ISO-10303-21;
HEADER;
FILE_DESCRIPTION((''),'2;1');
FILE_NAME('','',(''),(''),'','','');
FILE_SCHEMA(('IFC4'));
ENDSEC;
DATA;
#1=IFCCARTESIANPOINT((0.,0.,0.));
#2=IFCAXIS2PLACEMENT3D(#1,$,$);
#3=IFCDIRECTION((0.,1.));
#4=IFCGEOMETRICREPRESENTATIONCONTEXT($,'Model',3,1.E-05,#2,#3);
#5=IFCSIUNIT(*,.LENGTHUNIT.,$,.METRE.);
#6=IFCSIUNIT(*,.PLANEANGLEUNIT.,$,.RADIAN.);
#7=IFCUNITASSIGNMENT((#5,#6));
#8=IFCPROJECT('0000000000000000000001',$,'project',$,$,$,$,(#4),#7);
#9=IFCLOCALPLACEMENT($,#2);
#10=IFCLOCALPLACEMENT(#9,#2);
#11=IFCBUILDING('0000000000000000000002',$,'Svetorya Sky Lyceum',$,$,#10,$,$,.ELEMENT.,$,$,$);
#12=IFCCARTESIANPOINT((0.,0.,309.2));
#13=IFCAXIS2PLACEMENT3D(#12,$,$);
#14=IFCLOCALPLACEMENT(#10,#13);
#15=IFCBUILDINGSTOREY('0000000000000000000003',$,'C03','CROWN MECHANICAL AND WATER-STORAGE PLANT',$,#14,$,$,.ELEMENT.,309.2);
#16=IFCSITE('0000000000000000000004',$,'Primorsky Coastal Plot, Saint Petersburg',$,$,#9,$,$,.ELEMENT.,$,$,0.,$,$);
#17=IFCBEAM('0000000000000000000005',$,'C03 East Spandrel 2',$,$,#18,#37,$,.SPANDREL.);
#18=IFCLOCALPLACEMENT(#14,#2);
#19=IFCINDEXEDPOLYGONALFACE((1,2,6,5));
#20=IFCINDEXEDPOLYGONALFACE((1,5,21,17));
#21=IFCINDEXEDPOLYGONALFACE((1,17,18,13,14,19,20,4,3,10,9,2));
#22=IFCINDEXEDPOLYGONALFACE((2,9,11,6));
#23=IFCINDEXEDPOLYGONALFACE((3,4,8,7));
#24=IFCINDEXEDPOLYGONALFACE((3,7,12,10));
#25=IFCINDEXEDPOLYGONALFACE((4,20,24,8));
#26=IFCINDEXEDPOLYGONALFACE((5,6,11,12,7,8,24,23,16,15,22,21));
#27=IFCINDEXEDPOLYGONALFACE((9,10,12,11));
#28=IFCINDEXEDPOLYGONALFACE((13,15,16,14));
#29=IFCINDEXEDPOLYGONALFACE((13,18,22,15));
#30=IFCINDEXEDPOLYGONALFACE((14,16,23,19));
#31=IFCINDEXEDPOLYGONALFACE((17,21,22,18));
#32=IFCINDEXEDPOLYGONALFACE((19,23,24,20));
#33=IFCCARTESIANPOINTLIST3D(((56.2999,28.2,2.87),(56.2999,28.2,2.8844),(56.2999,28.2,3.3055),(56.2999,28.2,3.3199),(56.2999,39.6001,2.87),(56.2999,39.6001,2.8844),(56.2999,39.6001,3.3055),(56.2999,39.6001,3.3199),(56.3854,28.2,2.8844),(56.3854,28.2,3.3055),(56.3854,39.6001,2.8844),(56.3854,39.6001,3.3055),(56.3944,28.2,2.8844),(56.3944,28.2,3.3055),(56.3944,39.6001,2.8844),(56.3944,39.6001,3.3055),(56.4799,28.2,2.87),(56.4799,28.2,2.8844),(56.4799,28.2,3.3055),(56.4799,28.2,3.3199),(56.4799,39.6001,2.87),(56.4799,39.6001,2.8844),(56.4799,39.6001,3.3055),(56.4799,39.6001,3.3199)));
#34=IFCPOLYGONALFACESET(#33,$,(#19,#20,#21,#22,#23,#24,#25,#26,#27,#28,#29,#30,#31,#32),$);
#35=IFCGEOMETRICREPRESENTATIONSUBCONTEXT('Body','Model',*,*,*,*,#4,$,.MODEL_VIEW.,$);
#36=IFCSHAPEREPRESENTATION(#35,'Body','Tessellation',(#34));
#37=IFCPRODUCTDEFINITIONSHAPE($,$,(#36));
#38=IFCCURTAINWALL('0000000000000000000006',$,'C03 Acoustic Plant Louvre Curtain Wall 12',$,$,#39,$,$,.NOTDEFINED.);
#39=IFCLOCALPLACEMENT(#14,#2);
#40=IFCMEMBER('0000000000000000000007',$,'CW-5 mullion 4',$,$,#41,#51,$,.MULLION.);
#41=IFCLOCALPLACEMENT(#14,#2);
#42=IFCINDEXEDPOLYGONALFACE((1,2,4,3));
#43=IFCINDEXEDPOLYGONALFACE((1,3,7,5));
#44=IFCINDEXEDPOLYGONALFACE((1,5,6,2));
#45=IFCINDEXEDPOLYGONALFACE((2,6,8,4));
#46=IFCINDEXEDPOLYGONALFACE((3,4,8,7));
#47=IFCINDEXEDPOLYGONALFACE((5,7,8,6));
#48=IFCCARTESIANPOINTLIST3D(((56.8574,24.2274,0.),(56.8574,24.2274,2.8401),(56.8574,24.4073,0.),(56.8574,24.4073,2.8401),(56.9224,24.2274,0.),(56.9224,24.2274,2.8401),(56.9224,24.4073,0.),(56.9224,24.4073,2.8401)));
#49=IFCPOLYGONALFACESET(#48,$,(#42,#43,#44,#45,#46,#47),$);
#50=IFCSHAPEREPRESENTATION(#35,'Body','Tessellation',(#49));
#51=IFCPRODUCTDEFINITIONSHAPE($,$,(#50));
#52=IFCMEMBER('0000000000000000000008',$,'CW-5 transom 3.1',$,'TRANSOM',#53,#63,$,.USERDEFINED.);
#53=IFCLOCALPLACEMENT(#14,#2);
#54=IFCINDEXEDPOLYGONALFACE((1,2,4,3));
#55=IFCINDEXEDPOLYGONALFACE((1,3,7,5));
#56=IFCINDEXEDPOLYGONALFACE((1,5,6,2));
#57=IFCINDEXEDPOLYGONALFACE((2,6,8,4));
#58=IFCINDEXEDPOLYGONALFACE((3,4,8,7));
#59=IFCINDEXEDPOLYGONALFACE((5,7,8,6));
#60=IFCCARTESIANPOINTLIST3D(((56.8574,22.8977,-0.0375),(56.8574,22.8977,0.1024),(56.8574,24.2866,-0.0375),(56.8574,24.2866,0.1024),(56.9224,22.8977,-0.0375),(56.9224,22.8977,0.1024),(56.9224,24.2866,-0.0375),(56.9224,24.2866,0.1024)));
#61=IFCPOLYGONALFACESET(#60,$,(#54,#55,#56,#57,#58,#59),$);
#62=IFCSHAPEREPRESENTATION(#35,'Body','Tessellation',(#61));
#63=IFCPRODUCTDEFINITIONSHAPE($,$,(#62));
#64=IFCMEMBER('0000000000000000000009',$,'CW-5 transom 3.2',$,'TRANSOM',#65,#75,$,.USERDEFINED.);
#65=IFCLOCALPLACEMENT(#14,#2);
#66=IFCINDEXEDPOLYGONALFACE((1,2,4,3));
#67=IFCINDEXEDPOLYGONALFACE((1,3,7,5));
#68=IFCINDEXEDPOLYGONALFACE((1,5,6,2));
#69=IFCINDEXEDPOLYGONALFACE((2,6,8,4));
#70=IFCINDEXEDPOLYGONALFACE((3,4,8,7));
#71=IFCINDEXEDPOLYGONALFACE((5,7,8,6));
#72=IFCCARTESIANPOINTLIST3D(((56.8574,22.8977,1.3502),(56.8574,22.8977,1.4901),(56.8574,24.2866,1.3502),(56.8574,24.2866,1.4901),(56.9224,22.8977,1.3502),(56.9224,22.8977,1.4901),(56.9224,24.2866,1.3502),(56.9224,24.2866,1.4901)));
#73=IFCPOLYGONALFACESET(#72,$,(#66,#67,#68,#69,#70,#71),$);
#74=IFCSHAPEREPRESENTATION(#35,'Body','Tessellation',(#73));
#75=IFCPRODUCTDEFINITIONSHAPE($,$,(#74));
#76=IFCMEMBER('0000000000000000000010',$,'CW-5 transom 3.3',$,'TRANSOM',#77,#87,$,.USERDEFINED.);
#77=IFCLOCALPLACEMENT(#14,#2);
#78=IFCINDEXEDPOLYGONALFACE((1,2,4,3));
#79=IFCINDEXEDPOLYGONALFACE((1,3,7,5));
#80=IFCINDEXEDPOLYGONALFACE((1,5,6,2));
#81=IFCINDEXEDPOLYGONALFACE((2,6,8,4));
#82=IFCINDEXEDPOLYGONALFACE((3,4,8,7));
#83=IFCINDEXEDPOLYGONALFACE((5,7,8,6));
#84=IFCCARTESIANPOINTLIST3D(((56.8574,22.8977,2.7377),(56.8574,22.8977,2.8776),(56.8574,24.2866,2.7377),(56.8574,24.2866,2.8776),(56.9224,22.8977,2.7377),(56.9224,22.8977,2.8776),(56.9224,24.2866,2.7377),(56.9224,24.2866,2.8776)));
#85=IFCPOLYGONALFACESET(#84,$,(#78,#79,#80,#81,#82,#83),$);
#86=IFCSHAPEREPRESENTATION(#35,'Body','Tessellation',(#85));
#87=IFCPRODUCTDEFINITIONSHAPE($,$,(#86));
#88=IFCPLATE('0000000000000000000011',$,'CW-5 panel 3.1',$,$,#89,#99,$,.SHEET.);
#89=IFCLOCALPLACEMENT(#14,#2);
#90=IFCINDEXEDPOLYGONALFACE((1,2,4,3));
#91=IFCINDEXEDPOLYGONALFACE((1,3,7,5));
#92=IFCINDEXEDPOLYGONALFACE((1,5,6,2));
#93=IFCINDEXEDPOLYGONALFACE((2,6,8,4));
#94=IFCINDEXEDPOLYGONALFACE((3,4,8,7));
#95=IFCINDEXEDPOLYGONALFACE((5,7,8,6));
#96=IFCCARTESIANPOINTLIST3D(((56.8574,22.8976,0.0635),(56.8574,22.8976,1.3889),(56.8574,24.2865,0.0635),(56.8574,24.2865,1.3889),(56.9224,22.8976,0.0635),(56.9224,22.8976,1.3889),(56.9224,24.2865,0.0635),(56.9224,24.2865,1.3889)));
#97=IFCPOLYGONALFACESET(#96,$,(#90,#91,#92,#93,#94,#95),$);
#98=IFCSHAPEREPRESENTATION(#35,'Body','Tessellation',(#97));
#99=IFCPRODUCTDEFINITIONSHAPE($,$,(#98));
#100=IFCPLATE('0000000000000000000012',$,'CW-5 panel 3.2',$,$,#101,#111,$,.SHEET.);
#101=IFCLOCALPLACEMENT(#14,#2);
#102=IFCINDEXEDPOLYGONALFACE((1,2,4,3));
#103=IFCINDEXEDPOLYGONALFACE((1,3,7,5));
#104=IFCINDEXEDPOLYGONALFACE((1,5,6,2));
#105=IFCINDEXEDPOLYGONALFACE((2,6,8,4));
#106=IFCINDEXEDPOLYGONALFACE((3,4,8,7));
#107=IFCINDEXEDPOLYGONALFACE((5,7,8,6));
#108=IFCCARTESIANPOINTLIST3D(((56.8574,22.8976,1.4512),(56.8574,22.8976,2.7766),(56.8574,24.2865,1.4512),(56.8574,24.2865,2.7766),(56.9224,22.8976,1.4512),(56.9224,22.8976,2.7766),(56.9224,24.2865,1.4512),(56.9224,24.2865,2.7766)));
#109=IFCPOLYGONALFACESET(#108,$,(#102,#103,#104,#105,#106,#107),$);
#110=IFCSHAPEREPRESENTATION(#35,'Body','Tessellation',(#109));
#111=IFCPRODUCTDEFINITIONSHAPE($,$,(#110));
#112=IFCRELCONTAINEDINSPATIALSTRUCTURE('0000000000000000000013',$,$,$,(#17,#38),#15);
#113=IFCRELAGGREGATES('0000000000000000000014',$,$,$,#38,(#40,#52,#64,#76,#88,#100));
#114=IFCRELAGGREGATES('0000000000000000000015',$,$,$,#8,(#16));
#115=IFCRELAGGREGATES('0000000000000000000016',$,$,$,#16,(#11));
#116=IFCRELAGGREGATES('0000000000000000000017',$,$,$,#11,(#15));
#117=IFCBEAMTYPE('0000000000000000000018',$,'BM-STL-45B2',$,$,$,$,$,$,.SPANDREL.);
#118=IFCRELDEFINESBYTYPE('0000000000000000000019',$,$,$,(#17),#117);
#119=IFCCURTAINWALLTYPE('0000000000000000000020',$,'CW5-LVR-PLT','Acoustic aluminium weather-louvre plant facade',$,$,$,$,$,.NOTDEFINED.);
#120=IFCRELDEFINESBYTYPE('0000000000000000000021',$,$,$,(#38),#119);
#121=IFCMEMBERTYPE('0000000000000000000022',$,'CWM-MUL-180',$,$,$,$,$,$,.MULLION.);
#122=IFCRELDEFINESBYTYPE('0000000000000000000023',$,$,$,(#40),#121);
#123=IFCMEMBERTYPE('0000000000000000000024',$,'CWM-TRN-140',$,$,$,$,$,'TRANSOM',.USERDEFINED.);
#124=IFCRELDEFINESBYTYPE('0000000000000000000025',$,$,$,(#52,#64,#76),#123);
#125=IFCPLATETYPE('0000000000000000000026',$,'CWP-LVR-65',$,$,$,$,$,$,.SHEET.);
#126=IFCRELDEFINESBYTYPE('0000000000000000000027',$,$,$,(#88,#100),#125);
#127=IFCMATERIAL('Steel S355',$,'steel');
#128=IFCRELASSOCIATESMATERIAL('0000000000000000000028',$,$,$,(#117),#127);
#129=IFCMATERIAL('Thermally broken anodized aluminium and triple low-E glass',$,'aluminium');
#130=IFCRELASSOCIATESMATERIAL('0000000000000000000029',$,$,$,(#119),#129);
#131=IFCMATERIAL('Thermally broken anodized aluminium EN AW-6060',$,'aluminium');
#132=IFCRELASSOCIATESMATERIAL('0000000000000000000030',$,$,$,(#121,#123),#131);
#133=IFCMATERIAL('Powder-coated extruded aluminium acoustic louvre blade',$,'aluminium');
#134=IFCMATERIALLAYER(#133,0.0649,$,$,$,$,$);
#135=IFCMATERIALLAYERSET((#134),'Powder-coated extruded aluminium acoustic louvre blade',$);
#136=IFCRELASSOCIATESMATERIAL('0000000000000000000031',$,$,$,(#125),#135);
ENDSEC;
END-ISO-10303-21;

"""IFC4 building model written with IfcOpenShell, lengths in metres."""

from ifc_helpers import new_model, si_unit, direction, frame, origin, origin_2d, place, context, subcontext, project, spatial, rectangle, i_section, extrude, material, layer, layer_set, material_profile, profile_set, type_object, element, aggregate, save


model = new_model("IFC4")

# Units and contexts
model_context = context("Model", 3, precision=1e-05, world=origin(), true_north=direction((0.0, 1.0)))
body_context = subcontext(model_context, "Body", "Model", "MODEL_VIEW")
ifc_project = project(units=[si_unit("LENGTHUNIT", "METRE"), si_unit("PLANEANGLEUNIT", "RADIAN")], contexts=[model_context])

# Site, building, storey
site_placement = place(None, origin())
site = spatial("IfcSite", under=ifc_project, at=site_placement, Name="Primorsky Coastal Plot, Saint Petersburg", CompositionType="ELEMENT", RefElevation=0.0)
building_placement = place(site_placement, origin())
building = spatial("IfcBuilding", under=site, at=building_placement, Name="Svetorya Sky Lyceum", CompositionType="ELEMENT")
storey_placement = place(building_placement, frame((0.0, 0.0, 309.2)))
storey = spatial("IfcBuildingStorey", under=building, at=storey_placement, Name="C03", Description="CROWN MECHANICAL AND WATER-STORAGE PLANT", CompositionType="ELEMENT", Elevation=309.2)

# Beam
ifc_material_1 = material(Name="Steel S355", Category="steel")
ifc_material_profile_1 = material_profile(ifc_material_1, i_section(OverallWidth=0.1799, OverallDepth=0.45, WebThickness=0.009, FlangeThickness=0.0144, at=origin_2d()), Name="GOST 45B2")
ifc_profile_set_1 = profile_set([ifc_material_profile_1], Name="Steel S355")
beam_type_1 = type_object("IfcBeamType", Name="BM-STL-45B2", PredefinedType="SPANDREL", material=ifc_profile_set_1)
beam_1_placement = place(storey_placement, frame((56.3899, 28.2, 3.095), z_axis=(0.0, 1.0, 0.0), x_axis=(-1.0, 0.0, 0.0)))
element("IfcBeam", 1, at=beam_1_placement, inside=storey, type_object=beam_type_1, Name="C03 East Spandrel 2", PredefinedType="SPANDREL", context=body_context, shape_type="SweptSolid", body=[
    extrude(i_section(OverallWidth=0.1799, OverallDepth=0.45, WebThickness=0.009, FlangeThickness=0.0144, at=origin_2d()), origin(), (0.0, 0.0, 1.0), 11.4001),
])

# Curtain wall, members, plates
ifc_material_2 = material(Name="Thermally broken anodized aluminium and triple low-E glass", Category="aluminium")
curtain_wall_type = type_object("IfcCurtainWallType", Name="CW5-LVR-PLT", Description="Acoustic aluminium weather-louvre plant facade", PredefinedType="NOTDEFINED", material=ifc_material_2)
curtain_wall_placement = place(storey_placement, origin())
curtain_wall = element("IfcCurtainWall", 2, at=curtain_wall_placement, inside=storey, type_object=curtain_wall_type, Name="C03 Acoustic Plant Louvre Curtain Wall 12", PredefinedType="NOTDEFINED")
ifc_material_3 = material(Name="Thermally broken anodized aluminium EN AW-6060", Category="aluminium")
ifc_material_profile_2 = material_profile(ifc_material_3, rectangle(XDim=0.0649, YDim=0.1799, at=origin_2d()), Name="ALU MULLION 65x180")
ifc_profile_set_2 = profile_set([ifc_material_profile_2], Name="Thermally broken anodized aluminium EN AW-6060")
member_type_1 = type_object("IfcMemberType", Name="CWM-MUL-180", PredefinedType="MULLION", material=ifc_profile_set_2)
member_1_placement = place(storey_placement, frame((56.8899, 24.3174, 0.0), z_axis=(0.0, 0.0, 1.0), x_axis=(-1.0, 0.0, 0.0)))
member_1 = element("IfcMember", 3, at=member_1_placement, type_object=member_type_1, Name="CW-5 mullion 4", PredefinedType="MULLION", context=body_context, shape_type="SweptSolid", body=[
    extrude(rectangle(XDim=0.0649, YDim=0.1799, at=origin_2d()), origin(), (0.0, 0.0, 1.0), 2.8401),
])
ifc_material_profile_3 = material_profile(ifc_material_3, rectangle(XDim=0.0649, YDim=0.1399, at=origin_2d()), Name="ALU TRANSOM 65x140")
ifc_profile_set_3 = profile_set([ifc_material_profile_3], Name="Thermally broken anodized aluminium EN AW-6060")
member_type_2 = type_object("IfcMemberType", Name="CWM-TRN-140", ElementType="TRANSOM", PredefinedType="USERDEFINED", material=ifc_profile_set_3)
member_2_placement = place(storey_placement, frame((56.8899, 22.8977, 0.0325), z_axis=(0.0, 1.0, 0.0), x_axis=(-1.0, 0.0, 0.0)))
member_2 = element("IfcMember", 4, at=member_2_placement, type_object=member_type_2, Name="CW-5 transom 3.1", ObjectType="TRANSOM", PredefinedType="USERDEFINED", context=body_context, shape_type="SweptSolid", body=[
    extrude(rectangle(XDim=0.0649, YDim=0.1399, at=origin_2d()), origin(), (0.0, 0.0, 1.0), 1.3889),
])
member_3_placement = place(storey_placement, frame((56.8899, 22.8977, 1.4202), z_axis=(0.0, 1.0, 0.0), x_axis=(-1.0, 0.0, 0.0)))
member_3 = element("IfcMember", 5, at=member_3_placement, type_object=member_type_2, Name="CW-5 transom 3.2", ObjectType="TRANSOM", PredefinedType="USERDEFINED", context=body_context, shape_type="SweptSolid", body=[
    extrude(rectangle(XDim=0.0649, YDim=0.1399, at=origin_2d()), origin(), (0.0, 0.0, 1.0), 1.3889),
])
member_4_placement = place(storey_placement, frame((56.8899, 22.8977, 2.8076), z_axis=(0.0, 1.0, 0.0), x_axis=(-1.0, 0.0, 0.0)))
member_4 = element("IfcMember", 6, at=member_4_placement, type_object=member_type_2, Name="CW-5 transom 3.3", ObjectType="TRANSOM", PredefinedType="USERDEFINED", context=body_context, shape_type="SweptSolid", body=[
    extrude(rectangle(XDim=0.0649, YDim=0.1399, at=origin_2d()), origin(), (0.0, 0.0, 1.0), 1.3889),
])
ifc_material_4 = material(Name="Powder-coated extruded aluminium acoustic louvre blade", Category="aluminium")
ifc_layer_1 = layer(ifc_material_4, 0.0649)
ifc_layer_set_1 = layer_set([ifc_layer_1], Name="Powder-coated extruded aluminium acoustic louvre blade")
plate_type = type_object("IfcPlateType", Name="CWP-LVR-65", PredefinedType="SHEET", material=ifc_layer_set_1)
plate_1_placement = place(storey_placement, frame((56.8899, 23.592, 0.0635), z_axis=(0.0, 0.0, 1.0), x_axis=(0.0, 1.0, 0.0)))
plate_1 = element("IfcPlate", 7, at=plate_1_placement, type_object=plate_type, Name="CW-5 panel 3.1", PredefinedType="SHEET", context=body_context, shape_type="SweptSolid", body=[
    extrude(rectangle(XDim=1.3889, YDim=0.0649, at=origin_2d()), origin(), (0.0, 0.0, 1.0), 1.3254),
])
plate_2_placement = place(storey_placement, frame((56.8899, 23.592, 1.4512), z_axis=(0.0, 0.0, 1.0), x_axis=(0.0, 1.0, 0.0)))
plate_2 = element("IfcPlate", 8, at=plate_2_placement, type_object=plate_type, Name="CW-5 panel 3.2", PredefinedType="SHEET", context=body_context, shape_type="SweptSolid", body=[
    extrude(rectangle(XDim=1.3889, YDim=0.0649, at=origin_2d()), origin(), (0.0, 0.0, 1.0), 1.3254),
])
aggregate(curtain_wall, [member_1, member_2, member_3, member_4, plate_1, plate_2])

save(model, "model.ifc")
